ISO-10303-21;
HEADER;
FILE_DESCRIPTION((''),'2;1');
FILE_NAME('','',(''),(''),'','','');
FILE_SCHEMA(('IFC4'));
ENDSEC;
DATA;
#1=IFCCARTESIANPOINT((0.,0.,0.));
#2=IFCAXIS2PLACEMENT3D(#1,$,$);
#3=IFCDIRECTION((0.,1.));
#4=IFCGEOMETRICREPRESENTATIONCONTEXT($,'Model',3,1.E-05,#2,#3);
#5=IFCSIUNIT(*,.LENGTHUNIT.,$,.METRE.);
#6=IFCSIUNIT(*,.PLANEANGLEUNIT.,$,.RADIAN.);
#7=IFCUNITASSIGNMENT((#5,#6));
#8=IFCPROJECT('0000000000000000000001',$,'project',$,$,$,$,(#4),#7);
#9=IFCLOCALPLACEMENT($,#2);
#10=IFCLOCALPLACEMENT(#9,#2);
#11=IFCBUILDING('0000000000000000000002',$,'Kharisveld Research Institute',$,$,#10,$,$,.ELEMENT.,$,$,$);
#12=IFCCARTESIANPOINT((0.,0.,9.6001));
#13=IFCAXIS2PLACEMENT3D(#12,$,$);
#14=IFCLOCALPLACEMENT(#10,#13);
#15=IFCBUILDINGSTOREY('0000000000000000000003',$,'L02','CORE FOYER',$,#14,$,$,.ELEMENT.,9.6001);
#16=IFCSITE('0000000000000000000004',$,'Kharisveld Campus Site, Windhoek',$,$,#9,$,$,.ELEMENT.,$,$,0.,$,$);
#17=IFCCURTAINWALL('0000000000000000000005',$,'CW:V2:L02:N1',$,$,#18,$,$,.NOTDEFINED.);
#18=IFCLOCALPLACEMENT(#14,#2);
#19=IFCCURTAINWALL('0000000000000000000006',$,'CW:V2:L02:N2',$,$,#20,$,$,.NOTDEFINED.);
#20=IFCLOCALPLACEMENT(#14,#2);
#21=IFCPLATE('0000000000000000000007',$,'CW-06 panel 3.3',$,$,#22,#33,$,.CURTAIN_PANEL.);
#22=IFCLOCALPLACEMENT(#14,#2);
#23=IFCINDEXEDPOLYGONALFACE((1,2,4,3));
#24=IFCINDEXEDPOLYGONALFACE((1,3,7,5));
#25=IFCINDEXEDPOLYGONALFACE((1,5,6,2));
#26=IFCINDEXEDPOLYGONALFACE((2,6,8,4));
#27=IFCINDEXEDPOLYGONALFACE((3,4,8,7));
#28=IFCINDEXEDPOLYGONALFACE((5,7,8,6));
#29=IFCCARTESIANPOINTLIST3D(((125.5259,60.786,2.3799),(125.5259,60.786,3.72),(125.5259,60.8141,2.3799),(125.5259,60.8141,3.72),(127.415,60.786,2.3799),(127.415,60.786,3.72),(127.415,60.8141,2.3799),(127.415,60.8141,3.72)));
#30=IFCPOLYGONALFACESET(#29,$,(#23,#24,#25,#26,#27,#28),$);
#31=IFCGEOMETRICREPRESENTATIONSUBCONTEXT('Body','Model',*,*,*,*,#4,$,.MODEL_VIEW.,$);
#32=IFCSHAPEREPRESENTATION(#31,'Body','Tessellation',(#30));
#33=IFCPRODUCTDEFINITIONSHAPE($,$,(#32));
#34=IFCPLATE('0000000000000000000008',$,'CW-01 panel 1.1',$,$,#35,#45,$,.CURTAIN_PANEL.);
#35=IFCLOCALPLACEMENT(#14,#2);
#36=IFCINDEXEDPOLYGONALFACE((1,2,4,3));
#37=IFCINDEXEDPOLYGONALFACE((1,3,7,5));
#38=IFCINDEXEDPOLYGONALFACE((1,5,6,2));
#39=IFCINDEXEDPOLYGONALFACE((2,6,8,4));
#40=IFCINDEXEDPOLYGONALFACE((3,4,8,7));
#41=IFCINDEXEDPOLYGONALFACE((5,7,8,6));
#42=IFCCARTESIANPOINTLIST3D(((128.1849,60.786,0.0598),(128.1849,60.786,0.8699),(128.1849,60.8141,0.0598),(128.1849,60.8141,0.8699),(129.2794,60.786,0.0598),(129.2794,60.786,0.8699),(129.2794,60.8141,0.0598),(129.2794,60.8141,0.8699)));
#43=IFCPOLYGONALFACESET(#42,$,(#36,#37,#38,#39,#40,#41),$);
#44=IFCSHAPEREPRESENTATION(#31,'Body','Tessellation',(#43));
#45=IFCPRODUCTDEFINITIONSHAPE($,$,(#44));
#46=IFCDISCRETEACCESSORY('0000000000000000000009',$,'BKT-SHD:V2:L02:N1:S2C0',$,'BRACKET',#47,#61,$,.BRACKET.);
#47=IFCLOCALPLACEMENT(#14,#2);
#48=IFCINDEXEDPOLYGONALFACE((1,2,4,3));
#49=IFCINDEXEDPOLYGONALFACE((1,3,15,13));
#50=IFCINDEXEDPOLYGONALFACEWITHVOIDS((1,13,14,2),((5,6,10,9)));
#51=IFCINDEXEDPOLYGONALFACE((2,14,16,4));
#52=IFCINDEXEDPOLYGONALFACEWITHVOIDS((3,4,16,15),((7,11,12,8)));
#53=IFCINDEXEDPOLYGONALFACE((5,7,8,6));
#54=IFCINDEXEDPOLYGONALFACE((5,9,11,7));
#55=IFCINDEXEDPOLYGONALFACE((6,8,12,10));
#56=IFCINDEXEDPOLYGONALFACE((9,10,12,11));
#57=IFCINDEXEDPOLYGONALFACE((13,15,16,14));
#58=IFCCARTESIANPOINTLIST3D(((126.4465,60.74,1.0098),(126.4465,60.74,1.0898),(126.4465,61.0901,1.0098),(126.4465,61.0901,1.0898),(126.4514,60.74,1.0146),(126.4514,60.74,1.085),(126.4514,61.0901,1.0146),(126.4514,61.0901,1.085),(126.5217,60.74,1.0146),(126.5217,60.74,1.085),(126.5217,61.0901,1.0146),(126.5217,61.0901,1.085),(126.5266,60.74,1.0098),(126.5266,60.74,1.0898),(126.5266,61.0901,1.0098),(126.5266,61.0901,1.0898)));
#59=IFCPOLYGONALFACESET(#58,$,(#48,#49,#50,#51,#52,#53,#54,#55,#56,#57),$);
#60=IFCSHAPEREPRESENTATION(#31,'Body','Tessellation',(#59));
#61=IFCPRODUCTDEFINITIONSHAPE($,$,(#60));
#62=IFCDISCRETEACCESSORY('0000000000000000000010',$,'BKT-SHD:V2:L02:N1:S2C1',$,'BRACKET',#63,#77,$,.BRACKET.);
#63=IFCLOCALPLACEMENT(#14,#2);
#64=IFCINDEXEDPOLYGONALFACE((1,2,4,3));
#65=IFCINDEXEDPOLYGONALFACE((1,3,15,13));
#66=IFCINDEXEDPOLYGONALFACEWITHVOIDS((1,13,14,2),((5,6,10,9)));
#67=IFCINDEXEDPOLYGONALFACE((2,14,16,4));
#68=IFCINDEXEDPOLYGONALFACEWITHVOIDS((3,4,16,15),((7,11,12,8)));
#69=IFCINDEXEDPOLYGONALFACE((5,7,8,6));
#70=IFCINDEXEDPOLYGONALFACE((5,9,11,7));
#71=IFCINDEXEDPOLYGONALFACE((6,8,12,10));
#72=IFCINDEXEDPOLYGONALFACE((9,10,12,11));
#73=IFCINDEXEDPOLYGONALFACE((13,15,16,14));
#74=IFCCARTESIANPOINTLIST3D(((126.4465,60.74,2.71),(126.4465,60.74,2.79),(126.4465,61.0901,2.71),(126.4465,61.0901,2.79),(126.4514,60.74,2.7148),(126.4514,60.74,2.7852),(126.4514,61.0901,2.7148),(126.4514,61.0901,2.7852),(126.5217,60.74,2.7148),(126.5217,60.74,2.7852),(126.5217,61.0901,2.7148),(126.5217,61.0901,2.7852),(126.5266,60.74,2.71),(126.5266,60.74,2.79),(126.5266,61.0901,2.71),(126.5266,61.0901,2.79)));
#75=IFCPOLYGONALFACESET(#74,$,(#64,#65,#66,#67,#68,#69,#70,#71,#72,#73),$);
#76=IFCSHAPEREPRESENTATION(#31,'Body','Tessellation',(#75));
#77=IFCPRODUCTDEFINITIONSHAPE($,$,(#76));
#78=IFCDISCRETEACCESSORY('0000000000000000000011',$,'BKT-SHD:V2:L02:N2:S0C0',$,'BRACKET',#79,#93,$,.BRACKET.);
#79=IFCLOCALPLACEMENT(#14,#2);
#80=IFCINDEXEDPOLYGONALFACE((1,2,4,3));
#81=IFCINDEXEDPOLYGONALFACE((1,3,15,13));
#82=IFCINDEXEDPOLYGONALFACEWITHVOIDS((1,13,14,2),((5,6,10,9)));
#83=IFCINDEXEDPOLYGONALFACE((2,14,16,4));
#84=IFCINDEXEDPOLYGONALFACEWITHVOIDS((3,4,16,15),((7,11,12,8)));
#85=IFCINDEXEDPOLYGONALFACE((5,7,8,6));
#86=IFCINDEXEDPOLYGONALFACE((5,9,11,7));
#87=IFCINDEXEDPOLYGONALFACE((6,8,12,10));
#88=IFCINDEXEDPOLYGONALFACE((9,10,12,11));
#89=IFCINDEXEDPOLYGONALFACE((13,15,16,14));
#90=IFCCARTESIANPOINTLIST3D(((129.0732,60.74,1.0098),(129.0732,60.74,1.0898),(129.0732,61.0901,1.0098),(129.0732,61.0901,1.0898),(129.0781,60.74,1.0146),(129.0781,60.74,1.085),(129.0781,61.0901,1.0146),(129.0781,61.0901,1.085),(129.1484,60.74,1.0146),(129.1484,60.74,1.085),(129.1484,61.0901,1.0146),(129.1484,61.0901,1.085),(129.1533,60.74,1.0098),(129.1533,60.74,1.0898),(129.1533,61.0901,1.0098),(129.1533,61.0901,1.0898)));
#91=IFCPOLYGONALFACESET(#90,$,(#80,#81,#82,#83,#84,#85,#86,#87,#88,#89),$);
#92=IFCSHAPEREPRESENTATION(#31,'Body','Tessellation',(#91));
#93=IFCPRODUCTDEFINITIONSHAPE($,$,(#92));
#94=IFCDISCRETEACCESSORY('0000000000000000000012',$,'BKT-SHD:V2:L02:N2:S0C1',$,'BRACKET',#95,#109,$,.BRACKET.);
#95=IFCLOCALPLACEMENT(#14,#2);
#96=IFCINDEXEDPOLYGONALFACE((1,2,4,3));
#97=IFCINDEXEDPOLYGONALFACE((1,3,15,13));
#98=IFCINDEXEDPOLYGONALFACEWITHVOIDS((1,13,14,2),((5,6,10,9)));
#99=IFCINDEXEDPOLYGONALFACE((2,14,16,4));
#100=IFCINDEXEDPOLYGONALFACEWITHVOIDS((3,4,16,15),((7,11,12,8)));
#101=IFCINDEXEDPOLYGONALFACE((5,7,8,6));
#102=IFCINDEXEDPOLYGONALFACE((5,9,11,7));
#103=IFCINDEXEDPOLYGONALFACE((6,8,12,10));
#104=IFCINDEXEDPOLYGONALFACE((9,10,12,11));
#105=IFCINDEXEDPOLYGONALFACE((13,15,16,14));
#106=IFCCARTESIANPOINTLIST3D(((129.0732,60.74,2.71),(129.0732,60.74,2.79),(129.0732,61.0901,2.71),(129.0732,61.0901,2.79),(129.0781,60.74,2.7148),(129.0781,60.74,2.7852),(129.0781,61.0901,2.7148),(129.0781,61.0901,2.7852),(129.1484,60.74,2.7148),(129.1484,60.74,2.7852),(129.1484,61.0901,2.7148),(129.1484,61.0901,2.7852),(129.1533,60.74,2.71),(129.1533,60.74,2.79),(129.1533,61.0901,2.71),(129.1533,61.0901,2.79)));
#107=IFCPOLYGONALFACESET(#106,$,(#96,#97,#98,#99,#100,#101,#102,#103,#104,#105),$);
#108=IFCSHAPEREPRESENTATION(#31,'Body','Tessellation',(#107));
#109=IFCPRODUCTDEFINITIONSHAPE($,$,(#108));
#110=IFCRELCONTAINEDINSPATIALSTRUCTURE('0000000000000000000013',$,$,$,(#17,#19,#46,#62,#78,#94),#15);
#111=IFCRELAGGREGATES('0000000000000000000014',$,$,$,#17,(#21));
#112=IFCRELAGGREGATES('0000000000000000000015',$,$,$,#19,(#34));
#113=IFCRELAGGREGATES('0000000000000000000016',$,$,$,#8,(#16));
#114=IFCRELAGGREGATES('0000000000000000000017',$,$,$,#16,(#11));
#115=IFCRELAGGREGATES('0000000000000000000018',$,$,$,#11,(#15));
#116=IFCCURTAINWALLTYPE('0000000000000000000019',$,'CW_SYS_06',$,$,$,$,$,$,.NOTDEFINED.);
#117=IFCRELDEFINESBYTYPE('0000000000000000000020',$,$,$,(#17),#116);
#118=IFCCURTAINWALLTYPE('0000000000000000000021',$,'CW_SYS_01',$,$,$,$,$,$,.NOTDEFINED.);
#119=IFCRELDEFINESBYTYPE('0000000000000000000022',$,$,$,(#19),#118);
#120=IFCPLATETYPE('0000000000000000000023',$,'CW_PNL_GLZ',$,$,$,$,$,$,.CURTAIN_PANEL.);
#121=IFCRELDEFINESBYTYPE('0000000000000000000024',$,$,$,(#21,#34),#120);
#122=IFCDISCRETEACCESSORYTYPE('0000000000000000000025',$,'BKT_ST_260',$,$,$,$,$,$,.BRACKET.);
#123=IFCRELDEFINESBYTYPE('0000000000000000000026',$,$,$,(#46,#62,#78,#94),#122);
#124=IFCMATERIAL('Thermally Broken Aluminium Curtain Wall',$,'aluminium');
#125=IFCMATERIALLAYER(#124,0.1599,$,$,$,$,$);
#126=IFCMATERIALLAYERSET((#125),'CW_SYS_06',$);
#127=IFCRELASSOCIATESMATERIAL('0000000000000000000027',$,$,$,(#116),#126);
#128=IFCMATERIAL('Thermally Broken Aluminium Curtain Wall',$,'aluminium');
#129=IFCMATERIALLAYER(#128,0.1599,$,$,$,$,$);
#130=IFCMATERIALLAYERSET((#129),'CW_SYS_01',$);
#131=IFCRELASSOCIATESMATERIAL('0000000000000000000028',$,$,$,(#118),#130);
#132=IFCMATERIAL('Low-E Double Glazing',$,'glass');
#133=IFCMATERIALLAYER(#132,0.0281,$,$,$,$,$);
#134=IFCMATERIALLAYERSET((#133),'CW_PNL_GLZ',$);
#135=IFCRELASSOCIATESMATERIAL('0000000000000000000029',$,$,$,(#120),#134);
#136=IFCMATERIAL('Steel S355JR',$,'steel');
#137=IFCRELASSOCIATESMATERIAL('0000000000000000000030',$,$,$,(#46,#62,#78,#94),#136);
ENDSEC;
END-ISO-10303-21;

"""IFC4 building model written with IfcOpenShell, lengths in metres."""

from ifc_helpers import new_model, si_unit, direction, frame, origin, origin_2d, place, context, subcontext, project, spatial, rectangle, hollow_rectangle, extrude, material, layer, layer_set, type_object, element, aggregate, save


model = new_model("IFC4")

# Units and contexts
model_context = context("Model", 3, precision=1e-05, world=origin(), true_north=direction((0.0, 1.0)))
body_context = subcontext(model_context, "Body", "Model", "MODEL_VIEW")
ifc_project = project(units=[si_unit("LENGTHUNIT", "METRE"), si_unit("PLANEANGLEUNIT", "RADIAN")], contexts=[model_context])

# Site, building, storey
site_placement = place(None, origin())
site = spatial("IfcSite", under=ifc_project, at=site_placement, Name="Kharisveld Campus Site, Windhoek", CompositionType="ELEMENT", RefElevation=0.0)
building_placement = place(site_placement, origin())
building = spatial("IfcBuilding", under=site, at=building_placement, Name="Kharisveld Research Institute", CompositionType="ELEMENT")
storey_placement = place(building_placement, frame((0.0, 0.0, 9.6001)))
storey = spatial("IfcBuildingStorey", under=building, at=storey_placement, Name="L02", Description="CORE FOYER", CompositionType="ELEMENT", Elevation=9.6001)

# Curtain wall
ifc_material_1 = material(Name="Thermally Broken Aluminium Curtain Wall", Category="aluminium")
ifc_layer_1 = layer(ifc_material_1, 0.1599)
ifc_layer_set_1 = layer_set([ifc_layer_1], Name="CW_SYS_06")
curtain_wall_type_1 = type_object("IfcCurtainWallType", Name="CW_SYS_06", PredefinedType="NOTDEFINED", material=ifc_layer_set_1)
curtain_wall_1_placement = place(storey_placement, origin())
curtain_wall_1 = element("IfcCurtainWall", 1, at=curtain_wall_1_placement, inside=storey, type_object=curtain_wall_type_1, Name="CW:V2:L02:N1", PredefinedType="NOTDEFINED")

# Curtain wall
ifc_material_2 = material(Name="Thermally Broken Aluminium Curtain Wall", Category="aluminium")
ifc_layer_2 = layer(ifc_material_2, 0.1599)
ifc_layer_set_2 = layer_set([ifc_layer_2], Name="CW_SYS_01")
curtain_wall_type_2 = type_object("IfcCurtainWallType", Name="CW_SYS_01", PredefinedType="NOTDEFINED", material=ifc_layer_set_2)
curtain_wall_2_placement = place(storey_placement, origin())
curtain_wall_2 = element("IfcCurtainWall", 2, at=curtain_wall_2_placement, inside=storey, type_object=curtain_wall_type_2, Name="CW:V2:L02:N2", PredefinedType="NOTDEFINED")

# Plates
ifc_material_3 = material(Name="Low-E Double Glazing", Category="glass")
ifc_layer_3 = layer(ifc_material_3, 0.0281)
ifc_layer_set_3 = layer_set([ifc_layer_3], Name="CW_PNL_GLZ")
plate_type = type_object("IfcPlateType", Name="CW_PNL_GLZ", PredefinedType="CURTAIN_PANEL", material=ifc_layer_set_3)
plate_1_placement = place(storey_placement, frame((126.4705, 60.8, 2.3799), z_axis=(0.0, 0.0, 1.0), x_axis=(1.0, 0.0, 0.0)))
plate_1 = element("IfcPlate", 3, at=plate_1_placement, type_object=plate_type, Name="CW-06 panel 3.3", PredefinedType="CURTAIN_PANEL", context=body_context, shape_type="SweptSolid", body=[
    extrude(rectangle(XDim=1.8892, YDim=0.0281, at=origin_2d()), origin(), (0.0, 0.0, 1.0), 1.3401),
])
aggregate(curtain_wall_1, [plate_1])
plate_2_placement = place(storey_placement, frame((128.7322, 60.8, 0.0598), z_axis=(0.0, 0.0, 1.0), x_axis=(1.0, 0.0, 0.0)))
plate_2 = element("IfcPlate", 4, at=plate_2_placement, type_object=plate_type, Name="CW-01 panel 1.1", PredefinedType="CURTAIN_PANEL", context=body_context, shape_type="SweptSolid", body=[
    extrude(rectangle(XDim=1.0945, YDim=0.0281, at=origin_2d()), origin(), (0.0, 0.0, 1.0), 0.8101),
])
aggregate(curtain_wall_2, [plate_2])

# Discrete accessories
ifc_material_4 = material(Name="Steel S355JR", Category="steel")
discrete_accessory_type = type_object("IfcDiscreteAccessoryType", Name="BKT_ST_260", PredefinedType="BRACKET")
for number, where, z_axis, x_axis, name in (
    (5, (126.4866, 60.74, 1.0498), (0.0, 1.0, 0.0), (-1.0, 0.0, 0.0), "BKT-SHD:V2:L02:N1:S2C0"),
    (6, (126.4866, 60.74, 2.75), (0.0, 1.0, 0.0), (-1.0, 0.0, 0.0), "BKT-SHD:V2:L02:N1:S2C1"),
    (7, (129.1133, 60.74, 1.0498), (0.0, 1.0, 0.0), (-1.0, 0.0, 0.0), "BKT-SHD:V2:L02:N2:S0C0"),
    (8, (129.1133, 60.74, 2.75), (0.0, 1.0, 0.0), (-1.0, 0.0, 0.0), "BKT-SHD:V2:L02:N2:S0C1"),
):
    element("IfcDiscreteAccessory", number, at=place(storey_placement, frame(where, z_axis=z_axis, x_axis=x_axis)), inside=storey, type_object=discrete_accessory_type, material=ifc_material_4, Name=name, ObjectType="BRACKET", PredefinedType="BRACKET", context=body_context, shape_type="SweptSolid", body=[
        extrude(hollow_rectangle(XDim=0.0801, YDim=0.0801, WallThickness=0.0049, at=origin_2d()), origin(), (0.0, 0.0, 1.0), 0.3501),
    ])

save(model, "model.ifc")
